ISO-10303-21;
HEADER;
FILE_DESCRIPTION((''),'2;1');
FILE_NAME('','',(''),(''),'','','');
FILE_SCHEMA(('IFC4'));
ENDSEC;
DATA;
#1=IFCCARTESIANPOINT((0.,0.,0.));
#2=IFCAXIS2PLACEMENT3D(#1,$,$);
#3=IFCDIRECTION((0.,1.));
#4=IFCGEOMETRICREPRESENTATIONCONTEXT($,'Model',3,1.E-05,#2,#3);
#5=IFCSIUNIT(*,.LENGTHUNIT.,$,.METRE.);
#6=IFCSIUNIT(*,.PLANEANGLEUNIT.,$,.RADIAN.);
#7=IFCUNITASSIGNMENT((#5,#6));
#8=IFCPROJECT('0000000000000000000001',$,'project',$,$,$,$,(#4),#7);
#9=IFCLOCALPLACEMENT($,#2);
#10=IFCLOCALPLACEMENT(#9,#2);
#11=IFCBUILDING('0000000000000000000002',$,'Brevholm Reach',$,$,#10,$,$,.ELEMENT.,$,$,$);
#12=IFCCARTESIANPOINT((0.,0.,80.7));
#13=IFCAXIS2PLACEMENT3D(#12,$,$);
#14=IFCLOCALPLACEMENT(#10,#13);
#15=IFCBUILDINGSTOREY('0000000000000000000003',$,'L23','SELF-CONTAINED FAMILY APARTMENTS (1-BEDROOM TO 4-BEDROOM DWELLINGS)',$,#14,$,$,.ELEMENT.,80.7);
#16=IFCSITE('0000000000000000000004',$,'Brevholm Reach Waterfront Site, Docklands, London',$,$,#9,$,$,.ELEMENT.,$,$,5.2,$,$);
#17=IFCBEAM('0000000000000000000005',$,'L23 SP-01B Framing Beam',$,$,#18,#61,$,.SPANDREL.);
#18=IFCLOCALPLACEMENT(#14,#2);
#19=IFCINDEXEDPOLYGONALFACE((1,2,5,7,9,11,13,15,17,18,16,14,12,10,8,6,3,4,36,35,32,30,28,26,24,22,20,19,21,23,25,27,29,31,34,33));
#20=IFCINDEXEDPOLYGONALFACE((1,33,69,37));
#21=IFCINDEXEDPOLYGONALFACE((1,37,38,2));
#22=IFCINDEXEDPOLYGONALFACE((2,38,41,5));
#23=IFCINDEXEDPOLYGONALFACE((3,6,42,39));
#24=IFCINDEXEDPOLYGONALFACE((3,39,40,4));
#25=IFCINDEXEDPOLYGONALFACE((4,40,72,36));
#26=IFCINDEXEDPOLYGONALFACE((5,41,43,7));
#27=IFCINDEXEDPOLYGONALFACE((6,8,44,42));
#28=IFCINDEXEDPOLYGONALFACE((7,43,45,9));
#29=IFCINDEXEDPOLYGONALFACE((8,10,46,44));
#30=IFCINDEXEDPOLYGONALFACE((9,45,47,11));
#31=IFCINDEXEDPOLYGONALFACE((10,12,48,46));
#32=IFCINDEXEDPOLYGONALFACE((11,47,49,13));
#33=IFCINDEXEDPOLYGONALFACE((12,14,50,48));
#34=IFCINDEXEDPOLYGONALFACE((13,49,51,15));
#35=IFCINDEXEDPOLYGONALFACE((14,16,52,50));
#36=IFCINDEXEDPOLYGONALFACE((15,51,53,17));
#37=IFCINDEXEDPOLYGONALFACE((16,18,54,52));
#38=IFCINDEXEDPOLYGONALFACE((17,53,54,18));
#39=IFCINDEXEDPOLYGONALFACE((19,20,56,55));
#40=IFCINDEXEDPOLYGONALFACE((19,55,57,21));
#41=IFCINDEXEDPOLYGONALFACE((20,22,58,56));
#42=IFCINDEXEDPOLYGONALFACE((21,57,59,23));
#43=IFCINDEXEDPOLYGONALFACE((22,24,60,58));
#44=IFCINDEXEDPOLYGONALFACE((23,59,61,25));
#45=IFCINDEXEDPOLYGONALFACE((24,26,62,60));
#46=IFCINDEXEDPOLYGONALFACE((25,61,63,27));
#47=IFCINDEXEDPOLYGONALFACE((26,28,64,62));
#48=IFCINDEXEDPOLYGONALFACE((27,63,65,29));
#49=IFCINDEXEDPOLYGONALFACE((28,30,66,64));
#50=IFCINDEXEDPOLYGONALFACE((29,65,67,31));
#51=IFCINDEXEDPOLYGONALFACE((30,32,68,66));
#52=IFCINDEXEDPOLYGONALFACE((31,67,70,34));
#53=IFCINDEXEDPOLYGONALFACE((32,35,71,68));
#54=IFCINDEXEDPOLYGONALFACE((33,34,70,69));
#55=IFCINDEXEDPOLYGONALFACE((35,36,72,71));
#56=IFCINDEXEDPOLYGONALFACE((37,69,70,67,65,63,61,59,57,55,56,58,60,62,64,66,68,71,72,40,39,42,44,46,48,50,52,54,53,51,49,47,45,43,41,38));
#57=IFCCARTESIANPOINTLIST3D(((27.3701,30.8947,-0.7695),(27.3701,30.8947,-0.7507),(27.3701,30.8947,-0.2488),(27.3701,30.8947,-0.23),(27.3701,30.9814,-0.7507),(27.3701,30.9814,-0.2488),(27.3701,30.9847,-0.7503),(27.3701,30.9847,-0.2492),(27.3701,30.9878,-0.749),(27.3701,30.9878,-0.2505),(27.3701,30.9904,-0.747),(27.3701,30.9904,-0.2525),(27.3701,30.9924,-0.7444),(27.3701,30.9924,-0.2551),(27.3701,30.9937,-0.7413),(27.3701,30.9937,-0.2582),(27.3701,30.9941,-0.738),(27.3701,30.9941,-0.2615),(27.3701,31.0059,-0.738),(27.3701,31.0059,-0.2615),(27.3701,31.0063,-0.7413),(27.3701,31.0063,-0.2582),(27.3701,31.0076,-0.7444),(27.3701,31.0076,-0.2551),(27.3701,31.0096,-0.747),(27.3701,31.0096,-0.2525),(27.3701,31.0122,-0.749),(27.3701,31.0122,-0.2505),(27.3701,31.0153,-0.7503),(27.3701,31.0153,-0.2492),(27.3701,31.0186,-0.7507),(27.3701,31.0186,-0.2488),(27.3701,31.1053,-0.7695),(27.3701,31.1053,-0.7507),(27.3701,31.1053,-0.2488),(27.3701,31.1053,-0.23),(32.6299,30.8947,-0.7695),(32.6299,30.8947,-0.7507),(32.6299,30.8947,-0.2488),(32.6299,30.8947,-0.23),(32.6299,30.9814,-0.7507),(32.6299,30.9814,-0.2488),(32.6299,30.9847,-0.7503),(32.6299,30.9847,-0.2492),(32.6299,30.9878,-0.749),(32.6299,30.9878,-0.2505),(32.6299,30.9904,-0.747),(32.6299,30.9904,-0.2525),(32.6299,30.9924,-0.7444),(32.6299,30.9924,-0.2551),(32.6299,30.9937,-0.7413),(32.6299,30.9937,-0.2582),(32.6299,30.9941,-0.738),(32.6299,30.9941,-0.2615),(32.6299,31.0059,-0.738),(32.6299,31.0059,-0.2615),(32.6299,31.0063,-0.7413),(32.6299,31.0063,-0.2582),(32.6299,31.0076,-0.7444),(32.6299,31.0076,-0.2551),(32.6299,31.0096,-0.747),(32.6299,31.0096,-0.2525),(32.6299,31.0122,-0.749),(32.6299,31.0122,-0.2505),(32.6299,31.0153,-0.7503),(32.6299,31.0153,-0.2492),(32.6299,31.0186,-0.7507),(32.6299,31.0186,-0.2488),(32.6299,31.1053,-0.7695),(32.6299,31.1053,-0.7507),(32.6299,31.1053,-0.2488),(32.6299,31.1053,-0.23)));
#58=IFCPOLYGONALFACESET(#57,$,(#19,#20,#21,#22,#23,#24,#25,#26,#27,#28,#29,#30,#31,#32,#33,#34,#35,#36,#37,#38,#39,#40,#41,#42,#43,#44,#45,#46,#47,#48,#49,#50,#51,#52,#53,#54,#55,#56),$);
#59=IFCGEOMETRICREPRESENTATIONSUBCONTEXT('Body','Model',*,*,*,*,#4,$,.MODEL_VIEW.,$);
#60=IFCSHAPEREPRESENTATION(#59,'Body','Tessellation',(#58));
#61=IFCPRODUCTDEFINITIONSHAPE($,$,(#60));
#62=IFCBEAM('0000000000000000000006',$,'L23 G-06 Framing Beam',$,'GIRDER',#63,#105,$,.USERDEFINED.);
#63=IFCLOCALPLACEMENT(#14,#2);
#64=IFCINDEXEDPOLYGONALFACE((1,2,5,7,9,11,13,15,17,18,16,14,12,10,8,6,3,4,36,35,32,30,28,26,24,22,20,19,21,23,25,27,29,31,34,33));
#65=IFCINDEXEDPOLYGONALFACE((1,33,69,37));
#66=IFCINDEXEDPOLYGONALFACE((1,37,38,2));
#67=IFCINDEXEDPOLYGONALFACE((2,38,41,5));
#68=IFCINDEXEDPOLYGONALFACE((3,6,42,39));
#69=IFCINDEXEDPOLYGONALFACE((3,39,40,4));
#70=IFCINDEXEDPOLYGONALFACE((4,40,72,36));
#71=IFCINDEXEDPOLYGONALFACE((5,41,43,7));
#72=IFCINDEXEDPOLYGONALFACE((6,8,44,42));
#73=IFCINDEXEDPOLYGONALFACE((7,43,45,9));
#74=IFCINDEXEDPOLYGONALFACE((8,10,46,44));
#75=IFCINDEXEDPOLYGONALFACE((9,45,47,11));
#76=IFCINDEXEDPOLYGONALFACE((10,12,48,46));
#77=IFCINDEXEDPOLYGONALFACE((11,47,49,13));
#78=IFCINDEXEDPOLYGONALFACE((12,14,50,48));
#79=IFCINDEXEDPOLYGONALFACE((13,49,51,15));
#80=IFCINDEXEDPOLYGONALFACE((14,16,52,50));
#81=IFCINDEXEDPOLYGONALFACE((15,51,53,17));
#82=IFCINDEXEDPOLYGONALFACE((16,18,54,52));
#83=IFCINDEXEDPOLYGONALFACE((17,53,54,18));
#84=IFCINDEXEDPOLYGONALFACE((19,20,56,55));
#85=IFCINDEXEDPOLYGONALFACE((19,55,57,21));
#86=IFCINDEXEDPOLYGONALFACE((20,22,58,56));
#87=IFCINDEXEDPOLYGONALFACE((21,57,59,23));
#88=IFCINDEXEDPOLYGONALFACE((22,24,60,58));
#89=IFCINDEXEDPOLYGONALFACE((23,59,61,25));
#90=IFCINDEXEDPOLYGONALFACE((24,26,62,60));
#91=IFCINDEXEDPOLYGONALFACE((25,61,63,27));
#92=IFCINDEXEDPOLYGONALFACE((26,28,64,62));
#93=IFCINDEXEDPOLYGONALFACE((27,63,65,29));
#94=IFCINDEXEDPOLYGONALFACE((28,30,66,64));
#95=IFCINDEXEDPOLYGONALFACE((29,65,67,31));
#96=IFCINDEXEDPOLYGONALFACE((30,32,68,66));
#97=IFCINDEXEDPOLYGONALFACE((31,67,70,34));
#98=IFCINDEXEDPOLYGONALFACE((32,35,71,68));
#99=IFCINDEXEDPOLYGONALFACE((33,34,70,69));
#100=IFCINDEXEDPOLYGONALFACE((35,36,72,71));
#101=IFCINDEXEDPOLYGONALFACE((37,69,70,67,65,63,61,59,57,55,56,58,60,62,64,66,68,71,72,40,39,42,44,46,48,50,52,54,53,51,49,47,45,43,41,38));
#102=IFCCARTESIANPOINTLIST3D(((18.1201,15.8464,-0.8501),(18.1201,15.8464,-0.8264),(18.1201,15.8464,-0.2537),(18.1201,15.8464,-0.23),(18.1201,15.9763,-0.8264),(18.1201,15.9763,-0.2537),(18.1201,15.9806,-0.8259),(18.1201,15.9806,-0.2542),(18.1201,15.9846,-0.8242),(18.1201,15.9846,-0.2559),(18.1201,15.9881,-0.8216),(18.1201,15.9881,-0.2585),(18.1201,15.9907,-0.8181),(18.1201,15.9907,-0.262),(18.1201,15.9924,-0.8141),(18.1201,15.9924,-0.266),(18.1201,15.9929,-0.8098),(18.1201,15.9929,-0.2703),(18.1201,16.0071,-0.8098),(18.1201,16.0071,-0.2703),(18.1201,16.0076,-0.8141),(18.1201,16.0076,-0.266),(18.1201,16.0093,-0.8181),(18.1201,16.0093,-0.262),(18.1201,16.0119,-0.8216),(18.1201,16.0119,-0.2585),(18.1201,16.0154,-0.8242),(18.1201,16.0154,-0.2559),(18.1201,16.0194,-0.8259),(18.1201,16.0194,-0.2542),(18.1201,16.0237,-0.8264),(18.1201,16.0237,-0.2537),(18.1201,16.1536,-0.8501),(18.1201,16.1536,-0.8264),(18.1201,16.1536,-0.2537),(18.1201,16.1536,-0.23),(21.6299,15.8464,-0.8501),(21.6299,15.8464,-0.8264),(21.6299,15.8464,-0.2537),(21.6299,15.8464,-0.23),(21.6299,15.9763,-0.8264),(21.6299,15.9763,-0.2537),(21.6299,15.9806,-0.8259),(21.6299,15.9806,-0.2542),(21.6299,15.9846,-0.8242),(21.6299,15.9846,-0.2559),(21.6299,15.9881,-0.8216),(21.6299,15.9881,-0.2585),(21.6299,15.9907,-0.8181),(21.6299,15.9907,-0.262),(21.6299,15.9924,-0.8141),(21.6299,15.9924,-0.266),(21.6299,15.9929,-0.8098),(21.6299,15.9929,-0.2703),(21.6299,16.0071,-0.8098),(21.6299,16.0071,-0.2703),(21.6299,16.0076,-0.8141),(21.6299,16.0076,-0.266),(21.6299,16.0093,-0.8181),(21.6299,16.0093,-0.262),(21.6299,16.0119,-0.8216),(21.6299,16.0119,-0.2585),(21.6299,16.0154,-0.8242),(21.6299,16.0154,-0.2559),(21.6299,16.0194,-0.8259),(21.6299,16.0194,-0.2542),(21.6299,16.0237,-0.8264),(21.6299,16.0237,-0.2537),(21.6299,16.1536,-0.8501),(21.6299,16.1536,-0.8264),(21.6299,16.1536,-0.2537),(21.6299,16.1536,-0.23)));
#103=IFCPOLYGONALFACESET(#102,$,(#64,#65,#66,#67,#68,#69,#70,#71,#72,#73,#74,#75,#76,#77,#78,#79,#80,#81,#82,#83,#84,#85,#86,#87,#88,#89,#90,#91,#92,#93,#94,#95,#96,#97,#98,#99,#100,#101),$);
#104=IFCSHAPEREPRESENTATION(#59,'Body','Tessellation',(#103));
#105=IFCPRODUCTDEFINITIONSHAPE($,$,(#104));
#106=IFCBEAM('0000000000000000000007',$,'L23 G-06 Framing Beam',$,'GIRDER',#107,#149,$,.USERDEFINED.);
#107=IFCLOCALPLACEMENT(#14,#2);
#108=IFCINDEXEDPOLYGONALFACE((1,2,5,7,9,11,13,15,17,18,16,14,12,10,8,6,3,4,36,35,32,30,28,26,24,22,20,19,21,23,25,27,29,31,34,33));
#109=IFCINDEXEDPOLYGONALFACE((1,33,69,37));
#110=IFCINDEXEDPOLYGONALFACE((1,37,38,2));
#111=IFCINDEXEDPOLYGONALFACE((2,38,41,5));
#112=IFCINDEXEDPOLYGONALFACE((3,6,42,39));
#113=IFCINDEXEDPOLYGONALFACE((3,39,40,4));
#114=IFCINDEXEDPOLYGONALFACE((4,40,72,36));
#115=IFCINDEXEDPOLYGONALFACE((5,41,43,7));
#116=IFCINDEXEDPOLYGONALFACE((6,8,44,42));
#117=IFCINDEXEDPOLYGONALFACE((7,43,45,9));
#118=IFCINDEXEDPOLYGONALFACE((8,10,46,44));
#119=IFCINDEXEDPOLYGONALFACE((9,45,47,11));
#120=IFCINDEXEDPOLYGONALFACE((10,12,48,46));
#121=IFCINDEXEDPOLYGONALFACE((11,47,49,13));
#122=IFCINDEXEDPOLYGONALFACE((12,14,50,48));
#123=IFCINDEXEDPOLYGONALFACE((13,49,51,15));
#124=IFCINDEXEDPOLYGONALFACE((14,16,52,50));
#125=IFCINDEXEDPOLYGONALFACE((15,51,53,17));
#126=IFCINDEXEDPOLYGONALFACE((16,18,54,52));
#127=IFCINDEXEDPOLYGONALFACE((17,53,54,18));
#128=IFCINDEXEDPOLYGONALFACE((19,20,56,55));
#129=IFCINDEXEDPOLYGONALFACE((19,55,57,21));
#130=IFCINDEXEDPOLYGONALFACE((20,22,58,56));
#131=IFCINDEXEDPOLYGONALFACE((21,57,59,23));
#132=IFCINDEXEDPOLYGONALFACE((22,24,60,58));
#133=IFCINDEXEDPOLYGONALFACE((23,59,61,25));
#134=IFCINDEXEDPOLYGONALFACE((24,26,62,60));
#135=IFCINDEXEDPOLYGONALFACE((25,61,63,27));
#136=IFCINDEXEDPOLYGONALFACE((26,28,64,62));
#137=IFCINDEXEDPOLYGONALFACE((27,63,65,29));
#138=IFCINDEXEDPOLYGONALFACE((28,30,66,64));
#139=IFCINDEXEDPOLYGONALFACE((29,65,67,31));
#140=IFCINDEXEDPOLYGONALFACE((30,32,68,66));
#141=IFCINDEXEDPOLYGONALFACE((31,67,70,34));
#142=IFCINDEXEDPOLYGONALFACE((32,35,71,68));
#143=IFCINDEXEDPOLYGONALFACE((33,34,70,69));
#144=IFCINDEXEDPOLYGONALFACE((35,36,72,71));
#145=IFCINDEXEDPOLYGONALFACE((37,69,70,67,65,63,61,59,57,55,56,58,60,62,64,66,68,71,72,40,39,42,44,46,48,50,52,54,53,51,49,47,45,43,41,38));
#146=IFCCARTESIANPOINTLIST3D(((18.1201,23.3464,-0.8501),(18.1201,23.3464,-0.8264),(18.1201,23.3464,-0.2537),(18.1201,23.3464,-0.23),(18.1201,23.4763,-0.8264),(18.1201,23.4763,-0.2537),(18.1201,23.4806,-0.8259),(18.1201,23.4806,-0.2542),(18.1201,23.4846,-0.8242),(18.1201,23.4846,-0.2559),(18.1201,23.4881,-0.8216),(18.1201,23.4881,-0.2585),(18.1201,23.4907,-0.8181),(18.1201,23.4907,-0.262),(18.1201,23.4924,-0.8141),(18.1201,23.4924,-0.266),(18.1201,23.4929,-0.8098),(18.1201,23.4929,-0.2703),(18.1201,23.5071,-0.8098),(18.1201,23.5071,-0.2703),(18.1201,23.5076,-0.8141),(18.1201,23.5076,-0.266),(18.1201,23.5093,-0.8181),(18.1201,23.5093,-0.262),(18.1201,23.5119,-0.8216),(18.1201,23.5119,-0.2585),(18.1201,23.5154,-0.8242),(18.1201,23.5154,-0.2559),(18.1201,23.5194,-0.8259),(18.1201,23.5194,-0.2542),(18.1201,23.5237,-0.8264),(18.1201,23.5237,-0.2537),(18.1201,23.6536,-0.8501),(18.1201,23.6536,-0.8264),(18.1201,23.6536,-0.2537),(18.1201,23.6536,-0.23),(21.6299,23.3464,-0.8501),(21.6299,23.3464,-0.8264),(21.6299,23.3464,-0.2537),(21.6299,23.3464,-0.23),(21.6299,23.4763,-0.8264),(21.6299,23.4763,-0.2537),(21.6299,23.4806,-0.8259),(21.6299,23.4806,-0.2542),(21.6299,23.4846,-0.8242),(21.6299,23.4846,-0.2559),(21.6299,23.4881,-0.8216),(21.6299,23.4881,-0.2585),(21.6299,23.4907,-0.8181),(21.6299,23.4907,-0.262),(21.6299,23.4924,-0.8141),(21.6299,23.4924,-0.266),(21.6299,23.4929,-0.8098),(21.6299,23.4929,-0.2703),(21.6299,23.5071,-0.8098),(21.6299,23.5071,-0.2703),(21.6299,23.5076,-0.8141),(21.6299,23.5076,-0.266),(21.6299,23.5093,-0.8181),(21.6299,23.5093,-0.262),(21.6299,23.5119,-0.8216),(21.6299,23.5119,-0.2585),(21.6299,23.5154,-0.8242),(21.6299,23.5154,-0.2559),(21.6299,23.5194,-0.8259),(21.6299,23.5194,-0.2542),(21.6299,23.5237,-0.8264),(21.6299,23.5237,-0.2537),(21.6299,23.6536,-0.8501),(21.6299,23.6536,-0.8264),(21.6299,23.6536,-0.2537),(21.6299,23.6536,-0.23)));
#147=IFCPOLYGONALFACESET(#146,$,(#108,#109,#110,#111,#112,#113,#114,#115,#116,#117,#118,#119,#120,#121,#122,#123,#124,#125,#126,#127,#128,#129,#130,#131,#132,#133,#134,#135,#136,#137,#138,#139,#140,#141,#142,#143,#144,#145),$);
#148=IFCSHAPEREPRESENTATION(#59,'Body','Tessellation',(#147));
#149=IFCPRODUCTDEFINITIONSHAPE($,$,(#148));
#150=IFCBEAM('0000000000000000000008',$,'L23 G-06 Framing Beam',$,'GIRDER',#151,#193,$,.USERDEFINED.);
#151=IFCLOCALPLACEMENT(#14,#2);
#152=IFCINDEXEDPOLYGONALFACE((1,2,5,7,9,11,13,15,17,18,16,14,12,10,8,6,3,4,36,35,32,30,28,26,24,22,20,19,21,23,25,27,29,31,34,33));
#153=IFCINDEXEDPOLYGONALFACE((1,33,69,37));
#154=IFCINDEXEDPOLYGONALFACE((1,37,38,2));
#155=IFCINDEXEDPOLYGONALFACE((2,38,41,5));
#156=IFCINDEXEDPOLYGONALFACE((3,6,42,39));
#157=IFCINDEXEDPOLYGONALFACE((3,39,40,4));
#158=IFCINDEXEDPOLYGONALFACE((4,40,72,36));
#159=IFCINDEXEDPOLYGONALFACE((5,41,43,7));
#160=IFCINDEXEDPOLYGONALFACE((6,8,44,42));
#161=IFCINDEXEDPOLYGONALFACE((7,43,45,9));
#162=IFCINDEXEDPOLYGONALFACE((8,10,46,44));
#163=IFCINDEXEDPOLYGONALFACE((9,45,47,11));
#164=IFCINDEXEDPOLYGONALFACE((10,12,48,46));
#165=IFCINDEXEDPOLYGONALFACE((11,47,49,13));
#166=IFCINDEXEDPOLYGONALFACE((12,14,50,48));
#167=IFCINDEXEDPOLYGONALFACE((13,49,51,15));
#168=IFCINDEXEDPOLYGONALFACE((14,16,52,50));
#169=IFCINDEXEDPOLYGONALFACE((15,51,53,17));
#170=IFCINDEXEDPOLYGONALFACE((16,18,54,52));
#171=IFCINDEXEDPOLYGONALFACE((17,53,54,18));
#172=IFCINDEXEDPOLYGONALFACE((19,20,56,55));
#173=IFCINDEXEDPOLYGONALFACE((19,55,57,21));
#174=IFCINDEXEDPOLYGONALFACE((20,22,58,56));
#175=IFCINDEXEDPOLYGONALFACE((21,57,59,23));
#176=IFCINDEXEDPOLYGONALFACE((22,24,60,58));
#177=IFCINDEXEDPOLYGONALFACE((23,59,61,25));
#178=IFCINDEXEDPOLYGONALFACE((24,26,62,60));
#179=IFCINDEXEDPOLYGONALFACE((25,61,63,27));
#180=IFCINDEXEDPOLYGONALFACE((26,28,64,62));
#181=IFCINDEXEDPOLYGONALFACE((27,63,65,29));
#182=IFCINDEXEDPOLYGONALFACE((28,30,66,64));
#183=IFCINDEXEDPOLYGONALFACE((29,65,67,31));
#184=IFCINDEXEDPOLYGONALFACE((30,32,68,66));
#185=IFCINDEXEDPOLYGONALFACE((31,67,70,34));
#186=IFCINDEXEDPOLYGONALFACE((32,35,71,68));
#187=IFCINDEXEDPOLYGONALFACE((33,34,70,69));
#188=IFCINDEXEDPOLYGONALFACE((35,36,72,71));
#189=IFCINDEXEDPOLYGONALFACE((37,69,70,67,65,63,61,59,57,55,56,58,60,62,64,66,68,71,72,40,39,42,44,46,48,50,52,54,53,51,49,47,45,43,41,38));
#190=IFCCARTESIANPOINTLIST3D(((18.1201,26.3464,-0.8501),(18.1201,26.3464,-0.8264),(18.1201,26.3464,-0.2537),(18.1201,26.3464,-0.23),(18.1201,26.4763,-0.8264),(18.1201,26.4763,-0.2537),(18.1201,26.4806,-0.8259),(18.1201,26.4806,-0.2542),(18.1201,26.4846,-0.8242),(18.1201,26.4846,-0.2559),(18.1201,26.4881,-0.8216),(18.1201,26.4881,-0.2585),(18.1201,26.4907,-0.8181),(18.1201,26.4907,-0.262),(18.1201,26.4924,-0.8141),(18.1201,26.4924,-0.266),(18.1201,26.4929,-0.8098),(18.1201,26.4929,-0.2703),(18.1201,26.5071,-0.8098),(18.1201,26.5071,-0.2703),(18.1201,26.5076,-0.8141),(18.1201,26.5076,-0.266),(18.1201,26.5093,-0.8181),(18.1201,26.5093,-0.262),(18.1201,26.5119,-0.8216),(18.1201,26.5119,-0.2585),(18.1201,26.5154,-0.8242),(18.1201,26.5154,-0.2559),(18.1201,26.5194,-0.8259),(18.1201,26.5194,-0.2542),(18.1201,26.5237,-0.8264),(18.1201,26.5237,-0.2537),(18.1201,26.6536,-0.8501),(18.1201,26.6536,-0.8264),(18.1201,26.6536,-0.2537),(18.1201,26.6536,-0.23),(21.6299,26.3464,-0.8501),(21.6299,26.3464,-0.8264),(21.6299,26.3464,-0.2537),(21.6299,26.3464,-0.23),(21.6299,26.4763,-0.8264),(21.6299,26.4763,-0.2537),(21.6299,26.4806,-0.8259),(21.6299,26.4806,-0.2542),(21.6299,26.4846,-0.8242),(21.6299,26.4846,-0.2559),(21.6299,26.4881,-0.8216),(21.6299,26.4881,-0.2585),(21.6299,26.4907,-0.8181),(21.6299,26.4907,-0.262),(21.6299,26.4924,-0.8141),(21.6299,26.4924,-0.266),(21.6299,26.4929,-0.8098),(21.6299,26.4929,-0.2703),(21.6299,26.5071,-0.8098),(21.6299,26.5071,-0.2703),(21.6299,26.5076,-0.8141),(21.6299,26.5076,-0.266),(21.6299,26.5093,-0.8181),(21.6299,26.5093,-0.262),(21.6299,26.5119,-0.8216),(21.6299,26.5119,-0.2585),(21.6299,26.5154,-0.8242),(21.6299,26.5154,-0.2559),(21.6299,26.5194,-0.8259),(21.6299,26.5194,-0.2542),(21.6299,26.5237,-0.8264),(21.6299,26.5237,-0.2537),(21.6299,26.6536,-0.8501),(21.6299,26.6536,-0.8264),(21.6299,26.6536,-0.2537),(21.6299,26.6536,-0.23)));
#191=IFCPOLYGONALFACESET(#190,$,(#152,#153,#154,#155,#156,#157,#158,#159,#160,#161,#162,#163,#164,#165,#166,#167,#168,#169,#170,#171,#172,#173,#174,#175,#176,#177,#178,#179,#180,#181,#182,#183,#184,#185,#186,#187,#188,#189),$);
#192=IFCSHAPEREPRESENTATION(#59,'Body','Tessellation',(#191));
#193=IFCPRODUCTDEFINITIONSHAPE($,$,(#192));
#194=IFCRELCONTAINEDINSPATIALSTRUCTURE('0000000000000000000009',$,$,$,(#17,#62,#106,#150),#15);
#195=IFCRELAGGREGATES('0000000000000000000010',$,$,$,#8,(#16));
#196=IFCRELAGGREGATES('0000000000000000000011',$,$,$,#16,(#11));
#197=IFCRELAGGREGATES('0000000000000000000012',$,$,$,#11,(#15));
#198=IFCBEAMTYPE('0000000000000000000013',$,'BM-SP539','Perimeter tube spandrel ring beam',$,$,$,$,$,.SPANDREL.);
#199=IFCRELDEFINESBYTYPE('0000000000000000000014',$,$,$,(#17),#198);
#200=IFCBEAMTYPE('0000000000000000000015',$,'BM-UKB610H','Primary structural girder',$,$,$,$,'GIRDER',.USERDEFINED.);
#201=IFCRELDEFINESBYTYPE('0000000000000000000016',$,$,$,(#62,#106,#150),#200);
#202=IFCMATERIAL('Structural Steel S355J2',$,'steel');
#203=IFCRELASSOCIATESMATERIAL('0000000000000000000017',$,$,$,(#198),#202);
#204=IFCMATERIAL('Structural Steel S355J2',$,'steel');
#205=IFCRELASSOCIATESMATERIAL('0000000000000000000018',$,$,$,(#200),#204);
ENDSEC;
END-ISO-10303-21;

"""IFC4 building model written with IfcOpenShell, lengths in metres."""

from ifc_helpers import new_model, si_unit, direction, frame, origin, origin_2d, place, context, subcontext, project, spatial, i_section, extrude, material, material_profile, profile_set, type_object, element, save


model = new_model("IFC4")

# Units and contexts
model_context = context("Model", 3, precision=1e-05, world=origin(), true_north=direction((0.0, 1.0)))
body_context = subcontext(model_context, "Body", "Model", "MODEL_VIEW")
ifc_project = project(units=[si_unit("LENGTHUNIT", "METRE"), si_unit("PLANEANGLEUNIT", "RADIAN")], contexts=[model_context])

# Site, building, storey
site_placement = place(None, origin())
site = spatial("IfcSite", under=ifc_project, at=site_placement, Name="Brevholm Reach Waterfront Site, Docklands, London", CompositionType="ELEMENT", RefElevation=5.2)
building_placement = place(site_placement, origin())
building = spatial("IfcBuilding", under=site, at=building_placement, Name="Brevholm Reach", CompositionType="ELEMENT")
storey_placement = place(building_placement, frame((0.0, 0.0, 80.7)))
storey = spatial("IfcBuildingStorey", under=building, at=storey_placement, Name="L23", Description="SELF-CONTAINED FAMILY APARTMENTS (1-BEDROOM TO 4-BEDROOM DWELLINGS)", CompositionType="ELEMENT", Elevation=80.7)

# Beams
ifc_material_1 = material(Name="Structural Steel S355J2", Category="steel")
ifc_material_profile_1 = material_profile(ifc_material_1, i_section(OverallWidth=0.2107, OverallDepth=0.5396, WebThickness=0.0117, FlangeThickness=0.0188, FilletRadius=0.0127, at=origin_2d()), Name="UKB 533x210x109")
ifc_profile_set_1 = profile_set([ifc_material_profile_1], Name="Structural Steel S355J2")
beam_type_1 = type_object("IfcBeamType", Name="BM-SP539", Description="Perimeter tube spandrel ring beam", PredefinedType="SPANDREL", material=ifc_profile_set_1)
for number, where, z_axis, x_axis, name in (
    (1, (27.3701, 31.0, -0.4998), (1.0, 0.0, 0.0), (0.0, 1.0, 0.0), "L23 SP-01B Framing Beam"),
):
    element("IfcBeam", number, at=place(storey_placement, frame(where, z_axis=z_axis, x_axis=x_axis)), inside=storey, type_object=beam_type_1, Name=name, PredefinedType="SPANDREL", context=body_context, shape_type="SweptSolid", body=[
        extrude(i_section(OverallWidth=0.2107, OverallDepth=0.5396, WebThickness=0.0117, FlangeThickness=0.0188, FilletRadius=0.0127, at=origin_2d()), origin(), (0.0, 0.0, 1.0), 5.2598),
    ])
ifc_material_2 = material(Name="Structural Steel S355J2", Category="steel")
ifc_material_profile_2 = material_profile(ifc_material_2, i_section(OverallWidth=0.3071, OverallDepth=0.6201, WebThickness=0.0142, FlangeThickness=0.0237, FilletRadius=0.0166, at=origin_2d()), Name="UKB 610x305x179")
ifc_profile_set_2 = profile_set([ifc_material_profile_2], Name="Structural Steel S355J2")
beam_type_2 = type_object("IfcBeamType", Name="BM-UKB610H", Description="Primary structural girder", ElementType="GIRDER", PredefinedType="USERDEFINED", material=ifc_profile_set_2)
for number, where, z_axis, x_axis, name in (
    (2, (18.1201, 16.0, -0.54), (1.0, 0.0, 0.0), (0.0, 1.0, 0.0), "L23 G-06 Framing Beam"),
    (3, (18.1201, 23.5, -0.54), (1.0, 0.0, 0.0), (0.0, 1.0, 0.0), "L23 G-06 Framing Beam"),
    (4, (18.1201, 26.5, -0.54), (1.0, 0.0, 0.0), (0.0, 1.0, 0.0), "L23 G-06 Framing Beam"),
):
    element("IfcBeam", number, at=place(storey_placement, frame(where, z_axis=z_axis, x_axis=x_axis)), inside=storey, type_object=beam_type_2, Name=name, ObjectType="GIRDER", PredefinedType="USERDEFINED", context=body_context, shape_type="SweptSolid", body=[
        extrude(i_section(OverallWidth=0.3071, OverallDepth=0.6201, WebThickness=0.0142, FlangeThickness=0.0237, FilletRadius=0.0166, at=origin_2d()), origin(), (0.0, 0.0, 1.0), 3.5098),
    ])

save(model, "model.ifc")
